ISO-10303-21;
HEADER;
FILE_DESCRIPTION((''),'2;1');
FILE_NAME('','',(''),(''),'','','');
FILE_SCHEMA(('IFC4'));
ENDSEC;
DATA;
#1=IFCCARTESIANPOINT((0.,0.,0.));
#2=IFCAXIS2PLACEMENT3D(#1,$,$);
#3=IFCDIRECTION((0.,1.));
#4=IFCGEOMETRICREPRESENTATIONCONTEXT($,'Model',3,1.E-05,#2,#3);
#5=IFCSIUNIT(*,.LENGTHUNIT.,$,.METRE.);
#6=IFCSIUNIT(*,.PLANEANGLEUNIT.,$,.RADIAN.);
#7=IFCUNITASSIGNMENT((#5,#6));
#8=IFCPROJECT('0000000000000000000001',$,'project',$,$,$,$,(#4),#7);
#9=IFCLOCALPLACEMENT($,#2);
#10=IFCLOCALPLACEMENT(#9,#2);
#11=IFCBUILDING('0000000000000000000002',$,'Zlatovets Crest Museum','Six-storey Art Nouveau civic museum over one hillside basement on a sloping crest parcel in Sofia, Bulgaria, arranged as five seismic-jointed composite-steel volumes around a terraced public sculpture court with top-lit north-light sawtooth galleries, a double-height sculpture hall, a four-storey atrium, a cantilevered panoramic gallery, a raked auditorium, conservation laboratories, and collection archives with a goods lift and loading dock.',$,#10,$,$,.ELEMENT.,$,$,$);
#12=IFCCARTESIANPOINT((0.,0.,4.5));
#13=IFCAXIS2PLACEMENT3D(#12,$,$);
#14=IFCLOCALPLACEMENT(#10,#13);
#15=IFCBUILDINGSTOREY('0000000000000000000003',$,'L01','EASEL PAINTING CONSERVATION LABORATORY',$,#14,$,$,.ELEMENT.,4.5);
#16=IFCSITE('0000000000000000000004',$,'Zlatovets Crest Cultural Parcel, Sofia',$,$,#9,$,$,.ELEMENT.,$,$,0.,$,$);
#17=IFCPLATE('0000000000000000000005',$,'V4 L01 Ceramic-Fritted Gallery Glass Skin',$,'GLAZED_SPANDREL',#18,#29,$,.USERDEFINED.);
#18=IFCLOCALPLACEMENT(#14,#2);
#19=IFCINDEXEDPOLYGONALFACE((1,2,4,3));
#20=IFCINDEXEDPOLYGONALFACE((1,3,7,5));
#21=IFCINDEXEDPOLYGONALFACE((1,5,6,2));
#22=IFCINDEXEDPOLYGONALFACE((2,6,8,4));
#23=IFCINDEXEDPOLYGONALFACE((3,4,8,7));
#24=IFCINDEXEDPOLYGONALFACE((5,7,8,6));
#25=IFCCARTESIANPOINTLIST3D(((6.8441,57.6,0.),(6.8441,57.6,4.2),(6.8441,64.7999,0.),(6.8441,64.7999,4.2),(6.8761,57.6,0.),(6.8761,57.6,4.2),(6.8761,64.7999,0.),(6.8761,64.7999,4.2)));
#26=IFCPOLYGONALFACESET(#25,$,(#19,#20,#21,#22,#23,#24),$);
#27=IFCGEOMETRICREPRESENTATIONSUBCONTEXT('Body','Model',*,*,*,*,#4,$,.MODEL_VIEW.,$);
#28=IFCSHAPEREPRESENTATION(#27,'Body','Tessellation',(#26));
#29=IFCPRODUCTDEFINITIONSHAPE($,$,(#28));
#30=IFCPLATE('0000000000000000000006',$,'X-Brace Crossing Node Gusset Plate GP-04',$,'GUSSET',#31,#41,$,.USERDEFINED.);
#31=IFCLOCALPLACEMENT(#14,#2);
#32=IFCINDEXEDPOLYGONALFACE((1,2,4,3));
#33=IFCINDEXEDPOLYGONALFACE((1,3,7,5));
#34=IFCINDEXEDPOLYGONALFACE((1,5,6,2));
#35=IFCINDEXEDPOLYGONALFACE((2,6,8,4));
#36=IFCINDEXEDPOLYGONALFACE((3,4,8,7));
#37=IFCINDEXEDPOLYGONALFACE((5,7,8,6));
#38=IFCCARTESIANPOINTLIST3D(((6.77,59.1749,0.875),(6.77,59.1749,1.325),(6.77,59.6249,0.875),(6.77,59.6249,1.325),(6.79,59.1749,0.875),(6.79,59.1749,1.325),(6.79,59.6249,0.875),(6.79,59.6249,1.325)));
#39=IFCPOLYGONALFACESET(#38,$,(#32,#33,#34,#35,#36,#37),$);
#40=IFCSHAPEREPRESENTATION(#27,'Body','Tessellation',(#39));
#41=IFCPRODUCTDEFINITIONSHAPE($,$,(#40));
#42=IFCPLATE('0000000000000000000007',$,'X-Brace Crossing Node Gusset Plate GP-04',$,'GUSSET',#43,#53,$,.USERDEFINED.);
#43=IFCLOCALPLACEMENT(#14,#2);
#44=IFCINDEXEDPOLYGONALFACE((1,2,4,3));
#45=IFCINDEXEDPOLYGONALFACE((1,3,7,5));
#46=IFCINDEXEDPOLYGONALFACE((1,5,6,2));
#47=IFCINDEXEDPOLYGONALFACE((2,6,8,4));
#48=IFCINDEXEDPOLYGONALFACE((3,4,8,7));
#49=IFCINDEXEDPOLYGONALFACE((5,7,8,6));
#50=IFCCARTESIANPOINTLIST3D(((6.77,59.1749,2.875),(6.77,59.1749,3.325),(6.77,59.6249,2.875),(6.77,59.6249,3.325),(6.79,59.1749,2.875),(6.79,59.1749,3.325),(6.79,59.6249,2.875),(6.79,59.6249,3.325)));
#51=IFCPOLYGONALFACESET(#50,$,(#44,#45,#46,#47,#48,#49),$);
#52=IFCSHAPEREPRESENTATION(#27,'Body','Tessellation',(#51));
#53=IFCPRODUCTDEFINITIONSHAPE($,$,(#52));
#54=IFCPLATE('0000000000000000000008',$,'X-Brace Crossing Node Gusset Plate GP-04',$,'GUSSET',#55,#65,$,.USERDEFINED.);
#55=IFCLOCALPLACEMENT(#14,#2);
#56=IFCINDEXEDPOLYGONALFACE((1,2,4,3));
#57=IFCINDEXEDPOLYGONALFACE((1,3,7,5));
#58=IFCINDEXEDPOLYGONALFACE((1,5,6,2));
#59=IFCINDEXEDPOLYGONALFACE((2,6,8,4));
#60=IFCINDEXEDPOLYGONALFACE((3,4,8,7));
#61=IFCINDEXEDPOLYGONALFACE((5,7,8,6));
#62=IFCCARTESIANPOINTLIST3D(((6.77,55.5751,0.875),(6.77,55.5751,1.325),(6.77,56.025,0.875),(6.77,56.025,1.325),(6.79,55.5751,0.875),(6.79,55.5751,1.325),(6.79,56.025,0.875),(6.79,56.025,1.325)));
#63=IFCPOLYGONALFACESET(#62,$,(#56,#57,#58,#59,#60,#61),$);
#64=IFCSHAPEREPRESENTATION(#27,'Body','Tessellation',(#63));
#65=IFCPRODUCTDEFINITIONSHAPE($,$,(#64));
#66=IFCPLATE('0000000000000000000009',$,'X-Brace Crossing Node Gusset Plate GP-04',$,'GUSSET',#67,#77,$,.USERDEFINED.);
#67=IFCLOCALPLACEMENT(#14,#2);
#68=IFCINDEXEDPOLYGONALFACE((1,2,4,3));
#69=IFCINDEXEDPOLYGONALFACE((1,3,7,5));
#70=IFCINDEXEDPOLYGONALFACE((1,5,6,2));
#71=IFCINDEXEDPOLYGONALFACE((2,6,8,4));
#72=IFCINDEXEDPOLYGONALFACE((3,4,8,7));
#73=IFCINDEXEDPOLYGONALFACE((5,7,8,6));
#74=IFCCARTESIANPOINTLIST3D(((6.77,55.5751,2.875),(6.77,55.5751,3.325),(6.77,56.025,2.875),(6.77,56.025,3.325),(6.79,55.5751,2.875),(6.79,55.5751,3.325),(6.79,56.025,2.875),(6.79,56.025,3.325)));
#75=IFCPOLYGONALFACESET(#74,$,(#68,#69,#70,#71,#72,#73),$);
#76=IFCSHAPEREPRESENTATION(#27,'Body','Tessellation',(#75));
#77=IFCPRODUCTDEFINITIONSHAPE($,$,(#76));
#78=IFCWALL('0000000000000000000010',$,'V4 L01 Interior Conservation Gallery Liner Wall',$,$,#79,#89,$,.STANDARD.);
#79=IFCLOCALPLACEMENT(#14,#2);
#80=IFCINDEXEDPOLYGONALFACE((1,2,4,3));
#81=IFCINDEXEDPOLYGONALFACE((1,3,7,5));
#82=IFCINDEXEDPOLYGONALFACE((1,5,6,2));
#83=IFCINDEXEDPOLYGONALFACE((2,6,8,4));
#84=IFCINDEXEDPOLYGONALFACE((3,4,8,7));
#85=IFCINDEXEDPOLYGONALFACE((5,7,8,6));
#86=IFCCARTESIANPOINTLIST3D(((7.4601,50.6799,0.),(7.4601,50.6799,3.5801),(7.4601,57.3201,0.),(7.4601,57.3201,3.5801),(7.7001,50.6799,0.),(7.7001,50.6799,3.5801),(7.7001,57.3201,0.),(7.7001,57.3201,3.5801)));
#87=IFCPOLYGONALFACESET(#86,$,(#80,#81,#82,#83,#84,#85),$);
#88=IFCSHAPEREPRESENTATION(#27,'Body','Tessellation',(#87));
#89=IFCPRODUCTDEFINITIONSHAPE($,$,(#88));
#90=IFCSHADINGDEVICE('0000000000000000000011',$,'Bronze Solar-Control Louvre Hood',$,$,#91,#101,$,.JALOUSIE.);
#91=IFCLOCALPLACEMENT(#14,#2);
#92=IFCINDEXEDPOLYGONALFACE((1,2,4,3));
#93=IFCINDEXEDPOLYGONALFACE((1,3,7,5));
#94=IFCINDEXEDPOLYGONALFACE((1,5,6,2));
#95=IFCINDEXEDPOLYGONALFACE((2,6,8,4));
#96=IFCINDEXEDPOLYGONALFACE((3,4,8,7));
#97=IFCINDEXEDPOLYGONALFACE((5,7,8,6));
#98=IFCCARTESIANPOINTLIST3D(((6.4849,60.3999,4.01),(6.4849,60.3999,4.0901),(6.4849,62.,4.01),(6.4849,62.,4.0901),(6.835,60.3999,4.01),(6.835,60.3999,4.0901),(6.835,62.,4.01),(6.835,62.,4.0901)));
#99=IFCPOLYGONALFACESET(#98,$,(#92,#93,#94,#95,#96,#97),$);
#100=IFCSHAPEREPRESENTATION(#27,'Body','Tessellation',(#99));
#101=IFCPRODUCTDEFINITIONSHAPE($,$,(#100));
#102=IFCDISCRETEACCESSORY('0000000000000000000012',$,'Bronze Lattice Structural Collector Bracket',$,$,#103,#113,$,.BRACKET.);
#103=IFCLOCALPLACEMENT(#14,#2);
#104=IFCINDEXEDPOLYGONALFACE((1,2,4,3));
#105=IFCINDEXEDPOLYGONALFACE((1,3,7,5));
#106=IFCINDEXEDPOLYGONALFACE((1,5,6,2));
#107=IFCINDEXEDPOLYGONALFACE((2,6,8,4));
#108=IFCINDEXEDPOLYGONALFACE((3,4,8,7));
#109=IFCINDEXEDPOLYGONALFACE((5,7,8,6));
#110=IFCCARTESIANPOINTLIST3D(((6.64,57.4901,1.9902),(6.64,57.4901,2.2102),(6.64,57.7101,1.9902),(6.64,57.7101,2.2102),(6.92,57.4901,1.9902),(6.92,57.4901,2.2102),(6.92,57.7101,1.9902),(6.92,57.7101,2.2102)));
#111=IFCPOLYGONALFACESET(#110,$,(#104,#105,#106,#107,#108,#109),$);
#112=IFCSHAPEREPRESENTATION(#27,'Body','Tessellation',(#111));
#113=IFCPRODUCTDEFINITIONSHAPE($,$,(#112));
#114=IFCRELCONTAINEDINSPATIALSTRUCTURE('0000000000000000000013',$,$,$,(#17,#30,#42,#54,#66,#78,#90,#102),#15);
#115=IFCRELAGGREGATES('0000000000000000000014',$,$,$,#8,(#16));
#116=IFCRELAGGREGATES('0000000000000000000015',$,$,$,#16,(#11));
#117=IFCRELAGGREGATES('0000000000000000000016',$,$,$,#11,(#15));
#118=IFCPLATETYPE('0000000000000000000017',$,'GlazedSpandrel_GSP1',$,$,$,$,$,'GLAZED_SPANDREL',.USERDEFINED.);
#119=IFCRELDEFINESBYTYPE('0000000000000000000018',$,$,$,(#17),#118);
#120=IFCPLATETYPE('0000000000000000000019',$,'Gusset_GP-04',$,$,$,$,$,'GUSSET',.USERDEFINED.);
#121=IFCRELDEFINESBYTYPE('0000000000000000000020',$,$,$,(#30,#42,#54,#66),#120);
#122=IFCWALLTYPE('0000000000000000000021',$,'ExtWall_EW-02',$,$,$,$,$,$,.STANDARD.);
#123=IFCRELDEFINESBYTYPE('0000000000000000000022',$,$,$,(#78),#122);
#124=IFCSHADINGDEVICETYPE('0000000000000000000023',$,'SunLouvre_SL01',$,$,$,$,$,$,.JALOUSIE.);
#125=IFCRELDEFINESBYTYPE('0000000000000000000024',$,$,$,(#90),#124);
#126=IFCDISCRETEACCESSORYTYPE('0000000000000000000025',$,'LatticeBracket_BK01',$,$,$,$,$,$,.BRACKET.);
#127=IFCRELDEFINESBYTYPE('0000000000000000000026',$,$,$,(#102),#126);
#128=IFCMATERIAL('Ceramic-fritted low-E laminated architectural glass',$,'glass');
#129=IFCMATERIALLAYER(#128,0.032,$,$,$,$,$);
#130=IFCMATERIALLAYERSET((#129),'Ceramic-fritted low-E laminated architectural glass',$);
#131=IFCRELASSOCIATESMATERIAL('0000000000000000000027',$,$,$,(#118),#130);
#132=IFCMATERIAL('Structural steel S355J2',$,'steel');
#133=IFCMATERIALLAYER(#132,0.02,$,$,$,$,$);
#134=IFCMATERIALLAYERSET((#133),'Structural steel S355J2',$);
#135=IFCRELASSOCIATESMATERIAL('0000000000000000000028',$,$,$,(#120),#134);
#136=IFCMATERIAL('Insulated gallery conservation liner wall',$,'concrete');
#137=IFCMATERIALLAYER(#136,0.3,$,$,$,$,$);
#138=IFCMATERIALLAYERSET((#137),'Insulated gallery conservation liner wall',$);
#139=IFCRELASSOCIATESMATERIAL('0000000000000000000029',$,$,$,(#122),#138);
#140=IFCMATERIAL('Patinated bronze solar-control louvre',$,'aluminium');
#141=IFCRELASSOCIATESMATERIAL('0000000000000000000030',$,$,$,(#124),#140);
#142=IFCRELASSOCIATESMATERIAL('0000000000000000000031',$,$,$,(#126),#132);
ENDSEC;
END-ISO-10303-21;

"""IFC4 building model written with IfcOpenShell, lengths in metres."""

from ifc_helpers import new_model, si_unit, direction, frame, frame_2d, origin, origin_2d, place, context, subcontext, project, spatial, rectangle, extrude, material, layer, layer_set, type_object, element, save


model = new_model("IFC4")

# Units and contexts
model_context = context("Model", 3, precision=1e-05, world=origin(), true_north=direction((0.0, 1.0)))
body_context = subcontext(model_context, "Body", "Model", "MODEL_VIEW")
ifc_project = project(units=[si_unit("LENGTHUNIT", "METRE"), si_unit("PLANEANGLEUNIT", "RADIAN")], contexts=[model_context])

# Site, building, storey
site_placement = place(None, origin())
site = spatial("IfcSite", under=ifc_project, at=site_placement, Name="Zlatovets Crest Cultural Parcel, Sofia", CompositionType="ELEMENT", RefElevation=0.0)
building_placement = place(site_placement, origin())
building = spatial("IfcBuilding", under=site, at=building_placement, Name="Zlatovets Crest Museum", Description="Six-storey Art Nouveau civic museum over one hillside basement on a sloping crest parcel in Sofia, Bulgaria, arranged as five seismic-jointed composite-steel volumes around a terraced public sculpture court with top-lit north-light sawtooth galleries, a double-height sculpture hall, a four-storey atrium, a cantilevered panoramic gallery, a raked auditorium, conservation laboratories, and collection archives with a goods lift and loading dock.", CompositionType="ELEMENT")
storey_placement = place(building_placement, frame((0.0, 0.0, 4.5)))
storey = spatial("IfcBuildingStorey", under=building, at=storey_placement, Name="L01", Description="EASEL PAINTING CONSERVATION LABORATORY", CompositionType="ELEMENT", Elevation=4.5)

# Shared definitions
ifc_material_1 = material(Name="Structural steel S355J2", Category="steel")

# Plates
ifc_material_2 = material(Name="Ceramic-fritted low-E laminated architectural glass", Category="glass")
ifc_layer_1 = layer(ifc_material_2, 0.032)
ifc_layer_set_1 = layer_set([ifc_layer_1], Name="Ceramic-fritted low-E laminated architectural glass")
plate_type_1 = type_object("IfcPlateType", Name="GlazedSpandrel_GSP1", ElementType="GLAZED_SPANDREL", PredefinedType="USERDEFINED", material=ifc_layer_set_1)
plate_placement = place(storey_placement, frame((6.8601, 61.2, 0.0), z_axis=(0.0, 0.0, 1.0), x_axis=(0.0, 1.0, 0.0)))
element("IfcPlate", 1, at=plate_placement, inside=storey, type_object=plate_type_1, Name="V4 L01 Ceramic-Fritted Gallery Glass Skin", ObjectType="GLAZED_SPANDREL", PredefinedType="USERDEFINED", context=body_context, shape_type="SweptSolid", body=[
    extrude(rectangle(XDim=7.2, YDim=0.032, at=origin_2d()), origin(), (0.0, 0.0, 1.0), 4.2),
])
ifc_layer_2 = layer(ifc_material_1, 0.02)
ifc_layer_set_2 = layer_set([ifc_layer_2], Name="Structural steel S355J2")
plate_type_2 = type_object("IfcPlateType", Name="Gusset_GP-04", ElementType="GUSSET", PredefinedType="USERDEFINED", material=ifc_layer_set_2)
for number, where, z_axis, x_axis, name in (
    (2, (6.78, 59.3999, 0.875), (0.0, 0.0, 1.0), (1.0, 0.0, 0.0), "X-Brace Crossing Node Gusset Plate GP-04"),
    (3, (6.78, 59.3999, 2.875), (0.0, 0.0, 1.0), (1.0, 0.0, 0.0), "X-Brace Crossing Node Gusset Plate GP-04"),
    (4, (6.78, 55.8, 0.875), (0.0, 0.0, 1.0), (1.0, 0.0, 0.0), "X-Brace Crossing Node Gusset Plate GP-04"),
    (5, (6.78, 55.8, 2.875), (0.0, 0.0, 1.0), (1.0, 0.0, 0.0), "X-Brace Crossing Node Gusset Plate GP-04"),
):
    element("IfcPlate", number, at=place(storey_placement, frame(where, z_axis=z_axis, x_axis=x_axis)), inside=storey, type_object=plate_type_2, Name=name, ObjectType="GUSSET", PredefinedType="USERDEFINED", context=body_context, shape_type="SweptSolid", body=[
        extrude(rectangle(XDim=0.02, YDim=0.45, at=origin_2d()), origin(), (0.0, 0.0, 1.0), 0.45),
    ])

# Wall
ifc_material_3 = material(Name="Insulated gallery conservation liner wall", Category="concrete")
ifc_layer_3 = layer(ifc_material_3, 0.3)
ifc_layer_set_3 = layer_set([ifc_layer_3], Name="Insulated gallery conservation liner wall")
wall_type = type_object("IfcWallType", Name="ExtWall_EW-02", PredefinedType="STANDARD", material=ifc_layer_set_3)
wall_placement = place(storey_placement, frame((7.5801, 57.3201, 0.0), z_axis=(0.0, 0.0, 1.0), x_axis=(0.0, -1.0, 0.0)))
element("IfcWall", 6, at=wall_placement, inside=storey, type_object=wall_type, Name="V4 L01 Interior Conservation Gallery Liner Wall", PredefinedType="STANDARD", context=body_context, shape_type="SweptSolid", body=[
    extrude(rectangle(XDim=6.6401, YDim=0.24, at=frame_2d((3.3201, 0.0))), origin(), (0.0, 0.0, 1.0), 3.5801),
])

# Shading device
ifc_material_4 = material(Name="Patinated bronze solar-control louvre", Category="aluminium")
shading_device_type = type_object("IfcShadingDeviceType", Name="SunLouvre_SL01", PredefinedType="JALOUSIE", material=ifc_material_4)
shading_device_placement = place(storey_placement, frame((6.6599, 61.2, 4.01), z_axis=(0.0, 0.0, 1.0), x_axis=(0.0, 1.0, 0.0)))
element("IfcShadingDevice", 7, at=shading_device_placement, inside=storey, type_object=shading_device_type, Name="Bronze Solar-Control Louvre Hood", PredefinedType="JALOUSIE", context=body_context, shape_type="SweptSolid", body=[
    extrude(rectangle(XDim=1.6001, YDim=0.3501, at=origin_2d()), origin(), (0.0, 0.0, 1.0), 0.0801),
])

# Discrete accessory
discrete_accessory_type = type_object("IfcDiscreteAccessoryType", Name="LatticeBracket_BK01", PredefinedType="BRACKET", material=ifc_material_1)
discrete_accessory_placement = place(storey_placement, frame((6.78, 57.6001, 1.9902), z_axis=(0.0, 0.0, 1.0), x_axis=(1.0, 0.0, 0.0)))
element("IfcDiscreteAccessory", 8, at=discrete_accessory_placement, inside=storey, type_object=discrete_accessory_type, Name="Bronze Lattice Structural Collector Bracket", PredefinedType="BRACKET", context=body_context, shape_type="SweptSolid", body=[
    extrude(rectangle(XDim=0.28, YDim=0.22, at=origin_2d()), origin(), (0.0, 0.0, 1.0), 0.22),
])

save(model, "model.ifc")
